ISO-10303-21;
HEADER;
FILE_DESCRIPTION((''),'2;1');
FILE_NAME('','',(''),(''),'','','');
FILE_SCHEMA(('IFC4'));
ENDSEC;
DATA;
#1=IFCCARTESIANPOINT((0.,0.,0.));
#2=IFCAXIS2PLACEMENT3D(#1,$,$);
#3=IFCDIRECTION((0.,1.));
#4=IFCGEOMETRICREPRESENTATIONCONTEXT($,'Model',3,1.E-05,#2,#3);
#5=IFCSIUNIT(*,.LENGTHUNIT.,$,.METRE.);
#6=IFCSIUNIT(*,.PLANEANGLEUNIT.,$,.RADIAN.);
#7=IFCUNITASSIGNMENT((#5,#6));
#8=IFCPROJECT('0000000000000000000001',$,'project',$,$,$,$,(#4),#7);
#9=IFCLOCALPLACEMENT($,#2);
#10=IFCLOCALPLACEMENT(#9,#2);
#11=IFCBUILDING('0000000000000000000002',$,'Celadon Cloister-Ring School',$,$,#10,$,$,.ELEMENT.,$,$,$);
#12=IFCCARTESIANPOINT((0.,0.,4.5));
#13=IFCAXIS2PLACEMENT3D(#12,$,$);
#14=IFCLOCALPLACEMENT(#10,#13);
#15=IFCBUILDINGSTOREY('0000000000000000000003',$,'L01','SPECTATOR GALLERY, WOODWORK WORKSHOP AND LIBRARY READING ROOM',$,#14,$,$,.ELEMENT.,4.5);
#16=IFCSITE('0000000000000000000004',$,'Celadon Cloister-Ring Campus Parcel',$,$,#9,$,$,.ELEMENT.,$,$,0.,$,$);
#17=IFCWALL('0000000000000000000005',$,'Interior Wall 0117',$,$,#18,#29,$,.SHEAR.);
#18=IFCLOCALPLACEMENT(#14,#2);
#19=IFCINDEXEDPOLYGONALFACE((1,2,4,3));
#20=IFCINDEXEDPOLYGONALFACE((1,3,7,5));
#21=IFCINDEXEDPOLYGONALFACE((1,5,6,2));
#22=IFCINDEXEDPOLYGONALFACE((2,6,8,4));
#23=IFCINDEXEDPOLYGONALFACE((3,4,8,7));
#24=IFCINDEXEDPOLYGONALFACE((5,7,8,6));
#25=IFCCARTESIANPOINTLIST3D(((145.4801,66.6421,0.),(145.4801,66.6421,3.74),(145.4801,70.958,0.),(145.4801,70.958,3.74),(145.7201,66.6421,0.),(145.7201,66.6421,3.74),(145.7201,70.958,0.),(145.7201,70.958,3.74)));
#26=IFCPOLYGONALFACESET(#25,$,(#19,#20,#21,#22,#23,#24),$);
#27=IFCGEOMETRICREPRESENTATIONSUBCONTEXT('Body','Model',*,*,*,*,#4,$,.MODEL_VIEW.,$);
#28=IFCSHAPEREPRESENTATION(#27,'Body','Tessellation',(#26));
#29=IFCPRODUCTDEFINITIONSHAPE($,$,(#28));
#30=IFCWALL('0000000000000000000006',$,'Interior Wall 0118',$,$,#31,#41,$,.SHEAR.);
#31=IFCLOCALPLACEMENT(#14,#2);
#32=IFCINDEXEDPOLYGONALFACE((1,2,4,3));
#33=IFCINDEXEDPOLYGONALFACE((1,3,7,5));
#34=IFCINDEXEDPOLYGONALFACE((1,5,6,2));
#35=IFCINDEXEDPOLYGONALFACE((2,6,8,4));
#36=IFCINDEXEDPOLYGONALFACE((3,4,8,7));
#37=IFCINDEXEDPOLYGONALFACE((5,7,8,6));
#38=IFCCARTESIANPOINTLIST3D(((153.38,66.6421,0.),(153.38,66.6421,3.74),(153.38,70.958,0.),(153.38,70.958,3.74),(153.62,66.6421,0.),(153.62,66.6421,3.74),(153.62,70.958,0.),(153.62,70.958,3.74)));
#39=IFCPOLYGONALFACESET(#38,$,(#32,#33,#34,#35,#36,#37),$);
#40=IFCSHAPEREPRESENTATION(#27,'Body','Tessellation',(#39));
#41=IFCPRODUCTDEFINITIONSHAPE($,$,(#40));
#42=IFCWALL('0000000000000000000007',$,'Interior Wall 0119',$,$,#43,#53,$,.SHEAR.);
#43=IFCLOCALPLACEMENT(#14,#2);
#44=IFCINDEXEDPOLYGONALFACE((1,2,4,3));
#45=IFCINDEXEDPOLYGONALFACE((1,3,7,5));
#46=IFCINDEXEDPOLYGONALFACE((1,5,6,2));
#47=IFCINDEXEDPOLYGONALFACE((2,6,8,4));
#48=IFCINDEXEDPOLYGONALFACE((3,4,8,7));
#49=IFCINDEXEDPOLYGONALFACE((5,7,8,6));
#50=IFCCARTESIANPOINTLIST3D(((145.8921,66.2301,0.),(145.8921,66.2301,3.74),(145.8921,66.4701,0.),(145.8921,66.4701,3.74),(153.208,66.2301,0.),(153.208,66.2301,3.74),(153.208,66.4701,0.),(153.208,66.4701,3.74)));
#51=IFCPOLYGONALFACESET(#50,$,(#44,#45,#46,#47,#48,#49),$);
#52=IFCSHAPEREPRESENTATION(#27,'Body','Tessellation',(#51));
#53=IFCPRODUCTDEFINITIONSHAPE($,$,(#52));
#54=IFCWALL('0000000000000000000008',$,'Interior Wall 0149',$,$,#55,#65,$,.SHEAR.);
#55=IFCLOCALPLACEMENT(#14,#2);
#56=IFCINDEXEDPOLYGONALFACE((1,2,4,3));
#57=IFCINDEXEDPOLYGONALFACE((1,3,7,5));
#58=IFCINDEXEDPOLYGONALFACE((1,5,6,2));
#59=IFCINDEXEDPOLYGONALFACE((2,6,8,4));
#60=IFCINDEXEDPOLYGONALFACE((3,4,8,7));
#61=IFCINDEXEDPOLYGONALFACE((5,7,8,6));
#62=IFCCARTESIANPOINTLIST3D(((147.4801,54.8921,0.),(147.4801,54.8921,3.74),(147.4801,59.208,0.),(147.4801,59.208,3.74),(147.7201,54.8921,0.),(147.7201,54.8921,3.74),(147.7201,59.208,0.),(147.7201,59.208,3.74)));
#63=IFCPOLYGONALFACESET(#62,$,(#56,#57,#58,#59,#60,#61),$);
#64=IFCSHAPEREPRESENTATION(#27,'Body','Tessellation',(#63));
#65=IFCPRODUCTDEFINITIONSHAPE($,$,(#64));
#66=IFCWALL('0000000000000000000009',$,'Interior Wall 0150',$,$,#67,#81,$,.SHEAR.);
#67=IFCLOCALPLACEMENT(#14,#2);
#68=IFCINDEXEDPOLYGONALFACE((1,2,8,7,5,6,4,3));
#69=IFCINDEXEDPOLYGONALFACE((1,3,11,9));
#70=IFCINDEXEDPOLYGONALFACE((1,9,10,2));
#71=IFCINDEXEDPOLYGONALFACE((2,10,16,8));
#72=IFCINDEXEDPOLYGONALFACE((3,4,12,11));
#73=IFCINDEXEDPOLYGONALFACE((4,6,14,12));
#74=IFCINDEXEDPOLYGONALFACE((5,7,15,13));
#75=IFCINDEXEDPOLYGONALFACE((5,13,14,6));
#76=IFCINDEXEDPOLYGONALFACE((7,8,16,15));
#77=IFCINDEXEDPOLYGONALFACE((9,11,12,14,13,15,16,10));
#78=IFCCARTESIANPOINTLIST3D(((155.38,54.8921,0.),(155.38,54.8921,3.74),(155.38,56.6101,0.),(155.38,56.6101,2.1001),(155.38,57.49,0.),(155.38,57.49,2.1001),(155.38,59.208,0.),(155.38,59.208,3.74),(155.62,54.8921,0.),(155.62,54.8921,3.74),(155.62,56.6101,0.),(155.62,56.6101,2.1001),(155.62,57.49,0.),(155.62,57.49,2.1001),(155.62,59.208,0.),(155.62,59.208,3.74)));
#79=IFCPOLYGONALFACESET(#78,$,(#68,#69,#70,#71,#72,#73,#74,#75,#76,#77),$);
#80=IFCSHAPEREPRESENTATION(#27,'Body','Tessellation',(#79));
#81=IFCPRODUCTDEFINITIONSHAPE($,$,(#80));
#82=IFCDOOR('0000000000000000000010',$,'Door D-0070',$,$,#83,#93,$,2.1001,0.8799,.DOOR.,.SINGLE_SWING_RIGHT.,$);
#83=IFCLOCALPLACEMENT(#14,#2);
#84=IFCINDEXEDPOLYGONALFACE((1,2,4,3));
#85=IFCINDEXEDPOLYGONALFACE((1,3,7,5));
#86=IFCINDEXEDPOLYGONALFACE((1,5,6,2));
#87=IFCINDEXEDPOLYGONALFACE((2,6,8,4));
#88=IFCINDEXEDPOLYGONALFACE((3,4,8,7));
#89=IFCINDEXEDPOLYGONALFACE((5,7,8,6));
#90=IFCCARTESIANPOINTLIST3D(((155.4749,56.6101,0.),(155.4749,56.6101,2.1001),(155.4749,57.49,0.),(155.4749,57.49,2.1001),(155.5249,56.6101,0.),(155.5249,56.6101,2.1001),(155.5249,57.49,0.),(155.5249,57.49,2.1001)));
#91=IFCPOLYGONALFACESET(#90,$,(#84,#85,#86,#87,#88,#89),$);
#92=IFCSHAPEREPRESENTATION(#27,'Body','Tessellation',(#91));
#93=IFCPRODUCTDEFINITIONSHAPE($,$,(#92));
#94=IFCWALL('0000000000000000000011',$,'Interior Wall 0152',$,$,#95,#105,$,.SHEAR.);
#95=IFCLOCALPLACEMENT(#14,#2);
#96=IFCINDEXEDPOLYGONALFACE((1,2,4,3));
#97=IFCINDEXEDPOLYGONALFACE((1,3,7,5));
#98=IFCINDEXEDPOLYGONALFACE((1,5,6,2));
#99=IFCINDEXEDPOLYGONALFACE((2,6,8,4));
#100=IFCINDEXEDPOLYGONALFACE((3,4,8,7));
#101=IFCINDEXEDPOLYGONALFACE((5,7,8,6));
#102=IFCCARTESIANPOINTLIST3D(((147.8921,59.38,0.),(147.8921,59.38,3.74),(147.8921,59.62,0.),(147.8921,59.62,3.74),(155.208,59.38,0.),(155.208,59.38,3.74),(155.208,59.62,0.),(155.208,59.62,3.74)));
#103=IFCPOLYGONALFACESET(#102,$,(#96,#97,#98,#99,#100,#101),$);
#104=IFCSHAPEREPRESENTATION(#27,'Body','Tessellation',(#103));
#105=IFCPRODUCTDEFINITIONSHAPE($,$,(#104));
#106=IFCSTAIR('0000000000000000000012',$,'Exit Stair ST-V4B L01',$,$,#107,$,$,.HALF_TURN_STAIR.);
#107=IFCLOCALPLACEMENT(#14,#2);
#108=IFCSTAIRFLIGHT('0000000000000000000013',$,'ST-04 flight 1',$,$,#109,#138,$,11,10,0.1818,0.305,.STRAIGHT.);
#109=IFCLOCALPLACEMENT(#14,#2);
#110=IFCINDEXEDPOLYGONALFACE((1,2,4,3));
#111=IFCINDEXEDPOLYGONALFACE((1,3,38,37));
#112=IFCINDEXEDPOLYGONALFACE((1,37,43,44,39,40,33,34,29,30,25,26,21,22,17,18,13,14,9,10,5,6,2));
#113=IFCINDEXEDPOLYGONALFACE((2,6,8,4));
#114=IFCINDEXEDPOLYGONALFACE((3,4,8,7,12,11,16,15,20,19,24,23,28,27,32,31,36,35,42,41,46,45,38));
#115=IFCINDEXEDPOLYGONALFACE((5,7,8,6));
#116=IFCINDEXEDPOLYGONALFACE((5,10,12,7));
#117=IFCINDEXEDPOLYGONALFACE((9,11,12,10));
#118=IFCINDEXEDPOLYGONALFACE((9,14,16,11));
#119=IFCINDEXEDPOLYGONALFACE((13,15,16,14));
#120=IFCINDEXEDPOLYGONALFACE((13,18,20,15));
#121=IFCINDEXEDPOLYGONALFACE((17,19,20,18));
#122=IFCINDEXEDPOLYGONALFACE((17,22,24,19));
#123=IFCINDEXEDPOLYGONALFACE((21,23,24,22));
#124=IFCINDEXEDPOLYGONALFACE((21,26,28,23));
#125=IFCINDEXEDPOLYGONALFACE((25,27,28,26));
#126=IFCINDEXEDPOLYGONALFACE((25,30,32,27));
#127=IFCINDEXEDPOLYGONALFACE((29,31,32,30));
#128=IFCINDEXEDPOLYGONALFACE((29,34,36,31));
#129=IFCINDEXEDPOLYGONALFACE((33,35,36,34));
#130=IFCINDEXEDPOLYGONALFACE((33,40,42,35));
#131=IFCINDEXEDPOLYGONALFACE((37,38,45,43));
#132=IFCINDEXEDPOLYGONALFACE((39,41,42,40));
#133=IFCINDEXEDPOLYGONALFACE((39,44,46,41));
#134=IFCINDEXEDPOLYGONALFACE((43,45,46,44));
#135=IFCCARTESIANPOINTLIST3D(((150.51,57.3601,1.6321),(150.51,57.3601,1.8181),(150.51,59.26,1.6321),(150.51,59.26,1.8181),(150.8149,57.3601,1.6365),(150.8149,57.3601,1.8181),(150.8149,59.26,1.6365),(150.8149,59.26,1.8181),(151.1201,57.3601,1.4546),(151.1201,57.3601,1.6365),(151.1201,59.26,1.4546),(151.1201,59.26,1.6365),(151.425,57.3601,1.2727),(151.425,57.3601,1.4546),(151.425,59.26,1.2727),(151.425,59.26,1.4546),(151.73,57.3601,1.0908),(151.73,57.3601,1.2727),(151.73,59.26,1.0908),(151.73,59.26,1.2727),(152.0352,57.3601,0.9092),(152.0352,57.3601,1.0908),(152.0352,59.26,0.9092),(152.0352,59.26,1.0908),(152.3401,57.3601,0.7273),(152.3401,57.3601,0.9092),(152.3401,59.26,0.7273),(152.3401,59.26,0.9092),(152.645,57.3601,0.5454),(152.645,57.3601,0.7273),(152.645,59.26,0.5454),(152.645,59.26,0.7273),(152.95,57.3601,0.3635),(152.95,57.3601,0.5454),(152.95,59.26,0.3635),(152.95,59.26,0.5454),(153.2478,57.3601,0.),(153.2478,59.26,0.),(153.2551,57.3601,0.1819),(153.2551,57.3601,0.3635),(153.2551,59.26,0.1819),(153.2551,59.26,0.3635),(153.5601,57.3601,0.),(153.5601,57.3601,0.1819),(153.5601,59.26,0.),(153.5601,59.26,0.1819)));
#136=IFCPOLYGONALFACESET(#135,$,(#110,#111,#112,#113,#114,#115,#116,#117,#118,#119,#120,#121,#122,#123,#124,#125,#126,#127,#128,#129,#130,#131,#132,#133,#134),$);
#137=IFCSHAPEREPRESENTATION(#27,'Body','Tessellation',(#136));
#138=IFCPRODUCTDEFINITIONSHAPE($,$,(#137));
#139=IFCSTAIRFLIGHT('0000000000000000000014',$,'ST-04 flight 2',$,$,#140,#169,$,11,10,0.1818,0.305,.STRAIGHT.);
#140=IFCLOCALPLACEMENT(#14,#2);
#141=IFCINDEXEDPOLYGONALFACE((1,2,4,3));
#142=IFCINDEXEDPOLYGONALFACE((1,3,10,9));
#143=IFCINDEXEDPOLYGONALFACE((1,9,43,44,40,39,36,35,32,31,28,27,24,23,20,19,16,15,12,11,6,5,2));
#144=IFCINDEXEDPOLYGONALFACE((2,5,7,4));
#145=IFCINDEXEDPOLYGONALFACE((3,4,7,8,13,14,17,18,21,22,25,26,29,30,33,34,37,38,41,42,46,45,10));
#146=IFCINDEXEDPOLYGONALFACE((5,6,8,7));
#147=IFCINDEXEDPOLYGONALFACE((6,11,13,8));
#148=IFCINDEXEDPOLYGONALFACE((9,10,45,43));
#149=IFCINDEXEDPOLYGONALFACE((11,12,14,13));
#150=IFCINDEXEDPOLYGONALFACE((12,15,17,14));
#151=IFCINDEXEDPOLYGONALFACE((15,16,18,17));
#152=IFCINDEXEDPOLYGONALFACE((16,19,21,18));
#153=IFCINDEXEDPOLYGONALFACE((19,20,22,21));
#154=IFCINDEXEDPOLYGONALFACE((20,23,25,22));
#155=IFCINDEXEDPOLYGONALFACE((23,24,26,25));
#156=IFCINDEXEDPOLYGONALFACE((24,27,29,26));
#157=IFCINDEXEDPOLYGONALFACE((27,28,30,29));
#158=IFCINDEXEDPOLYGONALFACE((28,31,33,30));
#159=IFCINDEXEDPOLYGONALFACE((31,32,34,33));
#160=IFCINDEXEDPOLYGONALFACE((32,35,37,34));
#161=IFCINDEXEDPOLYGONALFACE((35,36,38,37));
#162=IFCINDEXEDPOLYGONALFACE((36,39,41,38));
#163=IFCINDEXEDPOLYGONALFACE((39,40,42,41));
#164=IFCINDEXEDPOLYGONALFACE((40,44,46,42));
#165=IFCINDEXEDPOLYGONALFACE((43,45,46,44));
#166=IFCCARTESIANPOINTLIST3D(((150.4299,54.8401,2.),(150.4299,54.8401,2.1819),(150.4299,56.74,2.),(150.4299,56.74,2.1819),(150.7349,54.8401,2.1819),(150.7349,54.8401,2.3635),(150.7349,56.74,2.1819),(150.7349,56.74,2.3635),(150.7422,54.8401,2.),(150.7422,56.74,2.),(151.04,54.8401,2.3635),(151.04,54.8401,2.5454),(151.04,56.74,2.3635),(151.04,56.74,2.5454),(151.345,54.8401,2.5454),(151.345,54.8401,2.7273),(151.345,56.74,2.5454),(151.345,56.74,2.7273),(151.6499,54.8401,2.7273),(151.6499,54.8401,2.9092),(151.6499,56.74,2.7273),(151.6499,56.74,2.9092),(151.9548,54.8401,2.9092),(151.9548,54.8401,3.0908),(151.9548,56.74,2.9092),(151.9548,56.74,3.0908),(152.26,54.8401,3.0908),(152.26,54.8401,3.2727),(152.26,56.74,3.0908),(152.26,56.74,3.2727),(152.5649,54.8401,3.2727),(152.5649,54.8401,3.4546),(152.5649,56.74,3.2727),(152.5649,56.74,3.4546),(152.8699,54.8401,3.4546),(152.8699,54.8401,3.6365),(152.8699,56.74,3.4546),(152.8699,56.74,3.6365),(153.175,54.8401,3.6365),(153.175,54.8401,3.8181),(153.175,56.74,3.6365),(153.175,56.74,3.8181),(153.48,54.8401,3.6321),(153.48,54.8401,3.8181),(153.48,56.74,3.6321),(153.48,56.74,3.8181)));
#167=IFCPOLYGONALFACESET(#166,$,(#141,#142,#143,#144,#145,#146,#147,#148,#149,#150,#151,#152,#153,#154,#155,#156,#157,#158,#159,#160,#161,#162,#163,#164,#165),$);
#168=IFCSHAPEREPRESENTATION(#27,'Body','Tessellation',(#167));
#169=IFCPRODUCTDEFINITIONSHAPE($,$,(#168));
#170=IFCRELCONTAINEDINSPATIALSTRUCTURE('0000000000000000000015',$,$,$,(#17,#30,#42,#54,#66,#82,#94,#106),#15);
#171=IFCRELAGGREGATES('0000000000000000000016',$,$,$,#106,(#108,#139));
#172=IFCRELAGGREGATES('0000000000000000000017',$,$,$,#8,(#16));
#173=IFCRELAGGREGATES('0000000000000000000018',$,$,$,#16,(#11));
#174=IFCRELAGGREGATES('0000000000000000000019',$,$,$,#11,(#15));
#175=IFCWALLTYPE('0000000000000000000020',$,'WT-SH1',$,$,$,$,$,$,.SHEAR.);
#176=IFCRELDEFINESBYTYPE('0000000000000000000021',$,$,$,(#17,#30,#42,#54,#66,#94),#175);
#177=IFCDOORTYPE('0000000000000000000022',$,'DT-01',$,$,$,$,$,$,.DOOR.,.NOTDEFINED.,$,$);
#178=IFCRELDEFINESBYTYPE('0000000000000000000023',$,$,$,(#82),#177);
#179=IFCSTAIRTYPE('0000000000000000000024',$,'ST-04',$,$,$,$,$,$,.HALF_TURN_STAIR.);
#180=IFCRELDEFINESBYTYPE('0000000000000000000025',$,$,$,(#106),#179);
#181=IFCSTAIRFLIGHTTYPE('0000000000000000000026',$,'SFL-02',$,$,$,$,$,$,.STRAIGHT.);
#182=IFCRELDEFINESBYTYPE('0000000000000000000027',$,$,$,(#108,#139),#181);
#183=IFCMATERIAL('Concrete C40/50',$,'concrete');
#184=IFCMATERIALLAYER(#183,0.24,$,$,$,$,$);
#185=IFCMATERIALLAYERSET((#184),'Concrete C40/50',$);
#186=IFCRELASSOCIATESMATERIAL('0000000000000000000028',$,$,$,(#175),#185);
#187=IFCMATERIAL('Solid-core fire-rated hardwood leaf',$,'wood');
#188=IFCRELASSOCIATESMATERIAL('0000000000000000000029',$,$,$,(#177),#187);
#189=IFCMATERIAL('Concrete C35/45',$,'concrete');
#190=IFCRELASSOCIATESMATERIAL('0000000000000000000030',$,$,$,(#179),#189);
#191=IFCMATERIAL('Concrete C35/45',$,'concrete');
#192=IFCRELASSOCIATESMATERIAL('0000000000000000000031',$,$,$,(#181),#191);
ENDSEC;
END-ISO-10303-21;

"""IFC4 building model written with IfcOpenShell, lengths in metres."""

from ifc_helpers import new_model, si_unit, direction, frame, frame_2d, origin, place, context, subcontext, project, spatial, polyline, rectangle, outline, extrude, material, layer, layer_set, type_object, element, fill, aggregate, save


model = new_model("IFC4")

# Units and contexts
model_context = context("Model", 3, precision=1e-05, world=origin(), true_north=direction((0.0, 1.0)))
body_context = subcontext(model_context, "Body", "Model", "MODEL_VIEW")
ifc_project = project(units=[si_unit("LENGTHUNIT", "METRE"), si_unit("PLANEANGLEUNIT", "RADIAN")], contexts=[model_context])

# Site, building, storey
site_placement = place(None, origin())
site = spatial("IfcSite", under=ifc_project, at=site_placement, Name="Celadon Cloister-Ring Campus Parcel", CompositionType="ELEMENT", RefElevation=0.0)
building_placement = place(site_placement, origin())
building = spatial("IfcBuilding", under=site, at=building_placement, Name="Celadon Cloister-Ring School", CompositionType="ELEMENT")
storey_placement = place(building_placement, frame((0.0, 0.0, 4.5)))
storey = spatial("IfcBuildingStorey", under=building, at=storey_placement, Name="L01", Description="SPECTATOR GALLERY, WOODWORK WORKSHOP AND LIBRARY READING ROOM", CompositionType="ELEMENT", Elevation=4.5)

# Walls
ifc_material_1 = material(Name="Concrete C40/50", Category="concrete")
ifc_layer_1 = layer(ifc_material_1, 0.24)
ifc_layer_set_1 = layer_set([ifc_layer_1], Name="Concrete C40/50")
wall_type_1 = type_object("IfcWallType", Name="WT-SH1", PredefinedType="SHEAR", material=ifc_layer_set_1)
for number, where, z_axis, x_axis, name in (
    (1, (145.6001, 66.6421, 0.0), (0.0, 0.0, 1.0), (0.0, 1.0, 0.0), "Interior Wall 0117"),
    (2, (153.5, 70.958, 0.0), (0.0, 0.0, 1.0), (0.0, -1.0, 0.0), "Interior Wall 0118"),
):
    element("IfcWall", number, at=place(storey_placement, frame(where, z_axis=z_axis, x_axis=x_axis)), inside=storey, type_object=wall_type_1, Name=name, PredefinedType="SHEAR", context=body_context, shape_type="SweptSolid", body=[
        extrude(rectangle(XDim=4.3159, YDim=0.24, at=frame_2d((2.158, 0.0))), origin(), (0.0, 0.0, 1.0), 3.74),
    ])
wall_1_placement = place(storey_placement, frame((153.208, 66.3501, 0.0), z_axis=(0.0, 0.0, 1.0), x_axis=(-1.0, 0.0, 0.0)))
element("IfcWall", 3, at=wall_1_placement, inside=storey, type_object=wall_type_1, Name="Interior Wall 0119", PredefinedType="SHEAR", context=body_context, shape_type="SweptSolid", body=[
    extrude(rectangle(XDim=7.3159, YDim=0.24, at=frame_2d((3.658, 0.0))), origin(), (0.0, 0.0, 1.0), 3.74),
])
wall_2_placement = place(storey_placement, frame((147.6001, 54.8921, 0.0), z_axis=(0.0, 0.0, 1.0), x_axis=(0.0, 1.0, 0.0)))
element("IfcWall", 4, at=wall_2_placement, inside=storey, type_object=wall_type_1, Name="Interior Wall 0149", PredefinedType="SHEAR", context=body_context, shape_type="SweptSolid", body=[
    extrude(rectangle(XDim=4.3159, YDim=0.24, at=frame_2d((2.158, 0.0))), origin(), (0.0, 0.0, 1.0), 3.74),
])

# Wall, opening, door
wall_3_placement = place(storey_placement, frame((155.5, 59.208, 0.0), z_axis=(0.0, 0.0, 1.0), x_axis=(0.0, -1.0, 0.0)))
wall_3 = element("IfcWall", 5, at=wall_3_placement, inside=storey, type_object=wall_type_1, Name="Interior Wall 0150", PredefinedType="SHEAR", context=body_context, shape_type="SweptSolid", body=[
    extrude(rectangle(XDim=4.3159, YDim=0.24, at=frame_2d((2.158, 0.0))), origin(), (0.0, 0.0, 1.0), 3.74),
])
opening_1_placement = place(wall_3_placement, frame((1.718, 0.0, 0.0)))
opening_1 = element("IfcOpeningElement", 6, at=opening_1_placement, cuts=wall_3, PredefinedType="OPENING", context=body_context, shape_type="SweptSolid", body=[
    extrude(rectangle(XDim=0.8799, YDim=2.1001, at=frame_2d((0.4399, 1.05))), frame((0.0, 0.1299, 0.0), z_axis=(0.0, -1.0, 0.0), x_axis=(1.0, 0.0, 0.0)), (0.0, 0.0, 1.0), 0.26),
])
ifc_material_2 = material(Name="Solid-core fire-rated hardwood leaf", Category="wood")
door_type_1 = type_object("IfcDoorType", Name="DT-01", OperationType="NOTDEFINED", PredefinedType="DOOR", material=ifc_material_2)
door_1_placement = place(opening_1_placement, origin())
door_1 = element("IfcDoor", 7, at=door_1_placement, inside=storey, type_object=door_type_1, Name="Door D-0070", OperationType="SINGLE_SWING_RIGHT", OverallHeight=2.1001, OverallWidth=0.8799, PredefinedType="DOOR", context=body_context, shape_type="SweptSolid", body=[
    extrude(rectangle(XDim=0.8799, YDim=2.1001, at=frame_2d((0.4399, 1.05))), frame((0.0, 0.0249, 0.0), z_axis=(0.0, -1.0, 0.0), x_axis=(1.0, 0.0, 0.0)), (0.0, 0.0, 1.0), 0.05),
])
fill(opening_1, door_1)

# Wall
wall_4_placement = place(storey_placement, frame((155.208, 59.5, 0.0), z_axis=(0.0, 0.0, 1.0), x_axis=(-1.0, 0.0, 0.0)))
element("IfcWall", 8, at=wall_4_placement, inside=storey, type_object=wall_type_1, Name="Interior Wall 0152", PredefinedType="SHEAR", context=body_context, shape_type="SweptSolid", body=[
    extrude(rectangle(XDim=7.3159, YDim=0.24, at=frame_2d((3.658, 0.0))), origin(), (0.0, 0.0, 1.0), 3.74),
])

# Stair, stair flights
ifc_material_3 = material(Name="Concrete C35/45", Category="concrete")
stair_type = type_object("IfcStairType", Name="ST-04", PredefinedType="HALF_TURN_STAIR", material=ifc_material_3)
stair_placement = place(storey_placement, origin())
stair = element("IfcStair", 9, at=stair_placement, inside=storey, type_object=stair_type, Name="Exit Stair ST-V4B L01", PredefinedType="HALF_TURN_STAIR")
ifc_material_4 = material(Name="Concrete C35/45", Category="concrete")
stair_flight_type = type_object("IfcStairFlightType", Name="SFL-02", PredefinedType="STRAIGHT", material=ifc_material_4)
stair_flight_1_placement = place(storey_placement, frame((153.5601, 58.3101, 0.0), z_axis=(0.0, 0.0, 1.0), x_axis=(-1.0, 0.0, 0.0)))
stair_flight_1 = element("IfcStairFlight", 10, at=stair_flight_1_placement, type_object=stair_flight_type, Name="ST-04 flight 1", NumberOfRisers=11, NumberOfTreads=10, PredefinedType="STRAIGHT", RiserHeight=0.1818, TreadLength=0.305, context=body_context, shape_type="SweptSolid", body=[
    extrude(outline(polyline([(0.0, 0.0), (0.0, 0.1819), (0.3049, 0.1819), (0.3049, 0.3635), (0.6101, 0.3635), (0.6101, 0.5454), (0.915, 0.5454), (0.915, 0.7273), (1.22, 0.7273), (1.22, 0.9092), (1.5249, 0.9092), (1.5249, 1.0908), (1.8301, 1.0908), (1.8301, 1.2727), (2.135, 1.2727), (2.135, 1.4546), (2.4399, 1.4546), (2.4399, 1.6365), (2.7451, 1.6365), (2.7451, 1.8181), (3.05, 1.8181), (3.05, 2.0), (3.05, 1.6321), (0.3123, 0.0), (0.0, 0.0)])), frame((0.0, 0.95, 0.0), z_axis=(0.0, -1.0, 0.0), x_axis=(1.0, 0.0, 0.0)), (0.0, 0.0, 1.0), 1.8999),
])
stair_flight_2_placement = place(storey_placement, frame((150.4299, 55.79, 2.0), z_axis=(0.0, 0.0, 1.0), x_axis=(1.0, 0.0, 0.0)))
stair_flight_2 = element("IfcStairFlight", 11, at=stair_flight_2_placement, type_object=stair_flight_type, Name="ST-04 flight 2", NumberOfRisers=11, NumberOfTreads=10, PredefinedType="STRAIGHT", RiserHeight=0.1818, TreadLength=0.305, context=body_context, shape_type="SweptSolid", body=[
    extrude(outline(polyline([(0.0, 0.0), (0.0, 0.1819), (0.3049, 0.1819), (0.3049, 0.3635), (0.6101, 0.3635), (0.6101, 0.5454), (0.915, 0.5454), (0.915, 0.7273), (1.22, 0.7273), (1.22, 0.9092), (1.5249, 0.9092), (1.5249, 1.0908), (1.8301, 1.0908), (1.8301, 1.2727), (2.135, 1.2727), (2.135, 1.4546), (2.4399, 1.4546), (2.4399, 1.6365), (2.7451, 1.6365), (2.7451, 1.8181), (3.05, 1.8181), (3.05, 2.0), (3.05, 1.6321), (0.3123, 0.0), (0.0, 0.0)])), frame((0.0, 0.95, 0.0), z_axis=(0.0, -1.0, 0.0), x_axis=(1.0, 0.0, 0.0)), (0.0, 0.0, 1.0), 1.8999),
])
aggregate(stair, [stair_flight_1, stair_flight_2])

save(model, "model.ifc")
